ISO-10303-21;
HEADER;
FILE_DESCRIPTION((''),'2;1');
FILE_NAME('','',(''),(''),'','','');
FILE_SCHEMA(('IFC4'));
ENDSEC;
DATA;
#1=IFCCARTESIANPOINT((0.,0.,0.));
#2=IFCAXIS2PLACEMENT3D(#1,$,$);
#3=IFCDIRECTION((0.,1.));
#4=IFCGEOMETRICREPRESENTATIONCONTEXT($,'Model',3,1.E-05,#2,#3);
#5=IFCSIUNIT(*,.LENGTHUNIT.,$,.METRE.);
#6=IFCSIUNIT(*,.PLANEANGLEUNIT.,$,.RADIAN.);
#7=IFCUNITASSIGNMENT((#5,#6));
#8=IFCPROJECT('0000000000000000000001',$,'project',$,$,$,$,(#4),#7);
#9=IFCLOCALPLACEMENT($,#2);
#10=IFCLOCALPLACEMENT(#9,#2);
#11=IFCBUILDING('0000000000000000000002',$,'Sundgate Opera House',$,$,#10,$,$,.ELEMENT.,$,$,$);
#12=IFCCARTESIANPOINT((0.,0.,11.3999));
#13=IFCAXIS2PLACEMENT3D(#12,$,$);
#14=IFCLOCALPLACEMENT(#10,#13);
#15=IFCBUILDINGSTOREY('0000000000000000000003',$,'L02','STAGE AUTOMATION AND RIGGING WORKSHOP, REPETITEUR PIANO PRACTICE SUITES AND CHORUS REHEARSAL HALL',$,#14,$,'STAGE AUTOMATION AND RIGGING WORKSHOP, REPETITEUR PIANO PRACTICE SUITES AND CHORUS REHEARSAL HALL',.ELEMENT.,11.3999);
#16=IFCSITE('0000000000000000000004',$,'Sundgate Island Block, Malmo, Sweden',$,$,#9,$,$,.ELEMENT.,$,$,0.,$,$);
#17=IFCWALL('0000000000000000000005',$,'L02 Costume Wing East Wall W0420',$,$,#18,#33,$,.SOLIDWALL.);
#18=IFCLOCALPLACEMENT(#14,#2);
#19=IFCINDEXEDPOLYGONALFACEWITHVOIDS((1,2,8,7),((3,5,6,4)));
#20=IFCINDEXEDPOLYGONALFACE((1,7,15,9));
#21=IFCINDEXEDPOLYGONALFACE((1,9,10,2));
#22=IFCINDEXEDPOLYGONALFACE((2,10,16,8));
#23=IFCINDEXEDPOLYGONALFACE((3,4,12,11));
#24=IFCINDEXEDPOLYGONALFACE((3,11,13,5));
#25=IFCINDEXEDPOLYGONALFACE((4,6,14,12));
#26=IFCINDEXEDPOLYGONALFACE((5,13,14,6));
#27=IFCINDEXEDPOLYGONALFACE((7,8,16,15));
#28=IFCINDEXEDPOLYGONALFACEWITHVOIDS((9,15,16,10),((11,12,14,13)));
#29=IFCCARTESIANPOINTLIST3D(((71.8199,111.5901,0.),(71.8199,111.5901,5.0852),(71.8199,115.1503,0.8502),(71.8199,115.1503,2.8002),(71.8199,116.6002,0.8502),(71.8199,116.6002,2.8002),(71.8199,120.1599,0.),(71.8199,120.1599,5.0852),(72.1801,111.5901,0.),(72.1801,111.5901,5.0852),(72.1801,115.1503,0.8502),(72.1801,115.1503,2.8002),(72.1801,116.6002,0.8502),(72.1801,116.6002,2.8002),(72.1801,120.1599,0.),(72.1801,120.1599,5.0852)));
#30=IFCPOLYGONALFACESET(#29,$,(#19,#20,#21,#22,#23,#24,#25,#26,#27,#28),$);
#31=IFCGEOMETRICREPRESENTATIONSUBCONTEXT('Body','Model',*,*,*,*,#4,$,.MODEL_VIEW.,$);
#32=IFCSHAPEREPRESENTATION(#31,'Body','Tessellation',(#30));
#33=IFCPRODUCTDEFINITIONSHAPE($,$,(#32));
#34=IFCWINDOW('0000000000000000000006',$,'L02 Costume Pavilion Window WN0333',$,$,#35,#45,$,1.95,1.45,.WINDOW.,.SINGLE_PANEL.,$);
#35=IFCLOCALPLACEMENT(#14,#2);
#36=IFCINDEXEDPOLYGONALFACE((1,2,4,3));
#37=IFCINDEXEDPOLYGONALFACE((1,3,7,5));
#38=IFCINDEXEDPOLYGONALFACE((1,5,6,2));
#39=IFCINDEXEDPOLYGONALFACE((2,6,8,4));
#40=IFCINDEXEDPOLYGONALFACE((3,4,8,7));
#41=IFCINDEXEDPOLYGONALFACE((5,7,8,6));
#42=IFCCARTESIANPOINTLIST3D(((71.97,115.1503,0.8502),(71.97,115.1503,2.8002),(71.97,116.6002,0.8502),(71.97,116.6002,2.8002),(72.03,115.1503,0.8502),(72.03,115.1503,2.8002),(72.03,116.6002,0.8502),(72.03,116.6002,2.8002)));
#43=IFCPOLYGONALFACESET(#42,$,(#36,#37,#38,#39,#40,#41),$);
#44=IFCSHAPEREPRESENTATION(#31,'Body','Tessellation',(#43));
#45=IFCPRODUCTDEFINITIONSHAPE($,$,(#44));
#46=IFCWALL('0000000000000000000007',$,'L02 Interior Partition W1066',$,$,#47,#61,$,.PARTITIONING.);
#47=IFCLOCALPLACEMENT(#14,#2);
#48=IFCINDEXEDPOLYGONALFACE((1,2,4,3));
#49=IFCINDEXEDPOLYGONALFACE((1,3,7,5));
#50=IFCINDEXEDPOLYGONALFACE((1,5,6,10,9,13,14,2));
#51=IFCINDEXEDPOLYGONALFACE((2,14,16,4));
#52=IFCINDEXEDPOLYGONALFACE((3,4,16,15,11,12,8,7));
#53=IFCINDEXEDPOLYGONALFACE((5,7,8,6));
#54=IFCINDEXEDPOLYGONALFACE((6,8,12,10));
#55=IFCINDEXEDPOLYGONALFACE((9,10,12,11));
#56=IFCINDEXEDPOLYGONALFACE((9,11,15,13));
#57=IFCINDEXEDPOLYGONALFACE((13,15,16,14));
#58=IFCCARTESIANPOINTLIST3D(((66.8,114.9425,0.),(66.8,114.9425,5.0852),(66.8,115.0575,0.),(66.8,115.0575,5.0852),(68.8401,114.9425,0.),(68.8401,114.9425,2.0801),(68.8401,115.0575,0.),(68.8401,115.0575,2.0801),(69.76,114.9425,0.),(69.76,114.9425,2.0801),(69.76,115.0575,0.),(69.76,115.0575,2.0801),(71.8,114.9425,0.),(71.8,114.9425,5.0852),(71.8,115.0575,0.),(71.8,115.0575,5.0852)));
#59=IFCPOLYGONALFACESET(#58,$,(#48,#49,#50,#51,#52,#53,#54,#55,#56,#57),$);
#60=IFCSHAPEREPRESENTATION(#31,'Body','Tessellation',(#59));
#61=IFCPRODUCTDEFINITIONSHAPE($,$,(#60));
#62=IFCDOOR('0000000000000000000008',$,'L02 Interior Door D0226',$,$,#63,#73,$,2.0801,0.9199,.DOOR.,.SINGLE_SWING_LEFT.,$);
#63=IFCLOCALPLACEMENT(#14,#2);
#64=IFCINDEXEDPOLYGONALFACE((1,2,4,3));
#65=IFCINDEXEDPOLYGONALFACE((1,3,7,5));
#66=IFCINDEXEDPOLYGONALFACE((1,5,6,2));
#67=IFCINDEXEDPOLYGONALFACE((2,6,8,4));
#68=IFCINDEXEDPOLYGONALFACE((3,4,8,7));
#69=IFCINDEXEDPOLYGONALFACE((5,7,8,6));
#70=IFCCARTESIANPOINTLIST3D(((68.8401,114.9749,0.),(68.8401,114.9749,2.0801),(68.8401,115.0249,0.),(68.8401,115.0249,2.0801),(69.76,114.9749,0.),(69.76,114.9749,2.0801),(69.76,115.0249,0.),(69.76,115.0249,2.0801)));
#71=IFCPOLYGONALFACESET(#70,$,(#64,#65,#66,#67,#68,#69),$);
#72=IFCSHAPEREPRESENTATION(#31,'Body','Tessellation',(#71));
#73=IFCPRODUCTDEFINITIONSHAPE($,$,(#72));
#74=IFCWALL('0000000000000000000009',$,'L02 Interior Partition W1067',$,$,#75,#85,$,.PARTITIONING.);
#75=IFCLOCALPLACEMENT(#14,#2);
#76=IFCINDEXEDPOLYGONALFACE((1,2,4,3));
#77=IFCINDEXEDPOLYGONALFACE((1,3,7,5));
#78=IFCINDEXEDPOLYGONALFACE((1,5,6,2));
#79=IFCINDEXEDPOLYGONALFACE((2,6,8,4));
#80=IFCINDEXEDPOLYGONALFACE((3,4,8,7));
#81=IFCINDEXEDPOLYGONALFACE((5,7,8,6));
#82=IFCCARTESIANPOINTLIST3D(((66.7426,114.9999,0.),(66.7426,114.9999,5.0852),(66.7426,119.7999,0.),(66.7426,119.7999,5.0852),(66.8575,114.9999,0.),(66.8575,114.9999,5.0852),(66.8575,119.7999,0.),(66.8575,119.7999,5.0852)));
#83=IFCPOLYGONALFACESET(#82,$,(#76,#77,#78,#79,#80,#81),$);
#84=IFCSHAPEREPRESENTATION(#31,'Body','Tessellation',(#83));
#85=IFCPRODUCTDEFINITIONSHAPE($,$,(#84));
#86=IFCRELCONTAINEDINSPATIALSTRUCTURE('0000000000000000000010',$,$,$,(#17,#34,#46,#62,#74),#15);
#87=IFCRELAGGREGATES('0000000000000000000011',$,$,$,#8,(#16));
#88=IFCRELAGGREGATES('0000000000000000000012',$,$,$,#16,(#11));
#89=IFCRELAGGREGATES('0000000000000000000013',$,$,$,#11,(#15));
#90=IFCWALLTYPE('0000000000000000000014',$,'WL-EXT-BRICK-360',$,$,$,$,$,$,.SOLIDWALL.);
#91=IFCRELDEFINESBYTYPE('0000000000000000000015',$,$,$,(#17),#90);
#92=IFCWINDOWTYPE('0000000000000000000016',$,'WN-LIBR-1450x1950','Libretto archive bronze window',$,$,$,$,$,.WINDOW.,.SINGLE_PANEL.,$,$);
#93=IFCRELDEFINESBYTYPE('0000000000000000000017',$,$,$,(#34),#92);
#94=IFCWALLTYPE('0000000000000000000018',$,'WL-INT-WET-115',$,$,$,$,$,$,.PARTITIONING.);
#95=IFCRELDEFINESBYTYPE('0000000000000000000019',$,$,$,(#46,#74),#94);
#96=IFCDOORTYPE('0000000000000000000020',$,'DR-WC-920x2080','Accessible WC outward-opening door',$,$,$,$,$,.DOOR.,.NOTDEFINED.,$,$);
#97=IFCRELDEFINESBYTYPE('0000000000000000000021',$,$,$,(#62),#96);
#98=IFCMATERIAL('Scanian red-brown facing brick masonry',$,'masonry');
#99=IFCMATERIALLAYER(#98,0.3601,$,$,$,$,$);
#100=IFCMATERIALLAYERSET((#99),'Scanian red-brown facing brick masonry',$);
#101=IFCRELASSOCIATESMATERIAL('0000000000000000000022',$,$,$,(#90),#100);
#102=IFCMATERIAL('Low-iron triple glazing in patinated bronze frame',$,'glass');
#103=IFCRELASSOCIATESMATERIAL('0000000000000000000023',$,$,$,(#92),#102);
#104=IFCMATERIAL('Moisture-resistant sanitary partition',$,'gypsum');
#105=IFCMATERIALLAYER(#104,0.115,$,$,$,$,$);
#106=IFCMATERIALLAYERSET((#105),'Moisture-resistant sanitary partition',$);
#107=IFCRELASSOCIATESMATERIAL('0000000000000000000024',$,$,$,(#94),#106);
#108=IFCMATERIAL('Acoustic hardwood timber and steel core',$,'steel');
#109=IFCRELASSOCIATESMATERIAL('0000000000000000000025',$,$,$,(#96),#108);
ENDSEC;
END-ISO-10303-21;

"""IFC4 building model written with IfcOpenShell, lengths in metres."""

from ifc_helpers import new_model, si_unit, direction, frame, frame_2d, origin, place, context, subcontext, project, spatial, rectangle, extrude, material, layer, layer_set, type_object, element, fill, save


model = new_model("IFC4")

# Units and contexts
model_context = context("Model", 3, precision=1e-05, world=origin(), true_north=direction((0.0, 1.0)))
body_context = subcontext(model_context, "Body", "Model", "MODEL_VIEW")
ifc_project = project(units=[si_unit("LENGTHUNIT", "METRE"), si_unit("PLANEANGLEUNIT", "RADIAN")], contexts=[model_context])

# Site, building, storey
site_placement = place(None, origin())
site = spatial("IfcSite", under=ifc_project, at=site_placement, Name="Sundgate Island Block, Malmo, Sweden", CompositionType="ELEMENT", RefElevation=0.0)
building_placement = place(site_placement, origin())
building = spatial("IfcBuilding", under=site, at=building_placement, Name="Sundgate Opera House", CompositionType="ELEMENT")
storey_placement = place(building_placement, frame((0.0, 0.0, 11.3999)))
storey = spatial("IfcBuildingStorey", under=building, at=storey_placement, Name="L02", Description="STAGE AUTOMATION AND RIGGING WORKSHOP, REPETITEUR PIANO PRACTICE SUITES AND CHORUS REHEARSAL HALL", LongName="STAGE AUTOMATION AND RIGGING WORKSHOP, REPETITEUR PIANO PRACTICE SUITES AND CHORUS REHEARSAL HALL", CompositionType="ELEMENT", Elevation=11.3999)

# Wall, opening, window
ifc_material_1 = material(Name="Scanian red-brown facing brick masonry", Category="masonry")
ifc_layer_1 = layer(ifc_material_1, 0.3601)
ifc_layer_set_1 = layer_set([ifc_layer_1], Name="Scanian red-brown facing brick masonry")
wall_type_1 = type_object("IfcWallType", Name="WL-EXT-BRICK-360", PredefinedType="SOLIDWALL", material=ifc_layer_set_1)
wall_1_placement = place(storey_placement, frame((72.0, 111.5901, 0.0), z_axis=(0.0, 0.0, 1.0), x_axis=(0.0, 1.0, 0.0)))
wall_1 = element("IfcWall", 1, at=wall_1_placement, inside=storey, type_object=wall_type_1, Name="L02 Costume Wing East Wall W0420", PredefinedType="SOLIDWALL", context=body_context, shape_type="SweptSolid", body=[
    extrude(rectangle(XDim=8.5698, YDim=0.3601, at=frame_2d((4.2849, 0.0))), origin(), (0.0, 0.0, 1.0), 5.0852),
])
opening_1_placement = place(wall_1_placement, frame((3.5601, 0.0, 0.8501)))
opening_1 = element("IfcOpeningElement", 2, at=opening_1_placement, cuts=wall_1, PredefinedType="OPENING", context=body_context, shape_type="SweptSolid", body=[
    extrude(rectangle(XDim=1.45, YDim=1.95, at=frame_2d((0.7251, 0.9751))), frame((0.0, 0.1899, 0.0), z_axis=(0.0, -1.0, 0.0), x_axis=(1.0, 0.0, 0.0)), (0.0, 0.0, 1.0), 0.3801),
])
ifc_material_2 = material(Name="Low-iron triple glazing in patinated bronze frame", Category="glass")
window_type_1 = type_object("IfcWindowType", Name="WN-LIBR-1450x1950", Description="Libretto archive bronze window", PartitioningType="SINGLE_PANEL", PredefinedType="WINDOW", material=ifc_material_2)
window_1_placement = place(opening_1_placement, origin())
window_1 = element("IfcWindow", 3, at=window_1_placement, inside=storey, type_object=window_type_1, Name="L02 Costume Pavilion Window WN0333", OverallHeight=1.95, OverallWidth=1.45, PartitioningType="SINGLE_PANEL", PredefinedType="WINDOW", context=body_context, shape_type="SweptSolid", body=[
    extrude(rectangle(XDim=1.45, YDim=1.95, at=frame_2d((0.7251, 0.9751))), frame((0.0, 0.03, 0.0), z_axis=(0.0, -1.0, 0.0), x_axis=(1.0, 0.0, 0.0)), (0.0, 0.0, 1.0), 0.0601),
])
fill(opening_1, window_1)

# Wall, opening, door
ifc_material_3 = material(Name="Moisture-resistant sanitary partition", Category="gypsum")
ifc_layer_2 = layer(ifc_material_3, 0.115)
ifc_layer_set_2 = layer_set([ifc_layer_2], Name="Moisture-resistant sanitary partition")
wall_type_2 = type_object("IfcWallType", Name="WL-INT-WET-115", PredefinedType="PARTITIONING", material=ifc_layer_set_2)
wall_2_placement = place(storey_placement, frame((66.8, 115.0, 0.0), z_axis=(0.0, 0.0, 1.0), x_axis=(1.0, 0.0, 0.0)))
wall_2 = element("IfcWall", 4, at=wall_2_placement, inside=storey, type_object=wall_type_2, Name="L02 Interior Partition W1066", PredefinedType="PARTITIONING", context=body_context, shape_type="SweptSolid", body=[
    extrude(rectangle(XDim=5.0, YDim=0.115, at=frame_2d((2.5, 0.0))), origin(), (0.0, 0.0, 1.0), 5.0852),
])
opening_2_placement = place(wall_2_placement, frame((2.04, 0.0, 0.0)))
opening_2 = element("IfcOpeningElement", 5, at=opening_2_placement, cuts=wall_2, PredefinedType="OPENING", context=body_context, shape_type="SweptSolid", body=[
    extrude(rectangle(XDim=0.9199, YDim=2.0801, at=frame_2d((0.46, 1.04))), frame((0.0, 0.0674, 0.0), z_axis=(0.0, -1.0, 0.0), x_axis=(1.0, 0.0, 0.0)), (0.0, 0.0, 1.0), 0.135),
])
ifc_material_4 = material(Name="Acoustic hardwood timber and steel core", Category="steel")
door_type = type_object("IfcDoorType", Name="DR-WC-920x2080", Description="Accessible WC outward-opening door", OperationType="NOTDEFINED", PredefinedType="DOOR", material=ifc_material_4)
door_placement = place(opening_2_placement, origin())
door = element("IfcDoor", 6, at=door_placement, inside=storey, type_object=door_type, Name="L02 Interior Door D0226", OperationType="SINGLE_SWING_LEFT", OverallHeight=2.0801, OverallWidth=0.9199, PredefinedType="DOOR", context=body_context, shape_type="SweptSolid", body=[
    extrude(rectangle(XDim=0.9199, YDim=2.0801, at=frame_2d((0.46, 1.04))), frame((0.0, 0.0249, 0.0), z_axis=(0.0, -1.0, 0.0), x_axis=(1.0, 0.0, 0.0)), (0.0, 0.0, 1.0), 0.05),
])
fill(opening_2, door)

# Wall
wall_3_placement = place(storey_placement, frame((66.8, 115.0, 0.0), z_axis=(0.0, 0.0, 1.0), x_axis=(0.0, 1.0, 0.0)))
element("IfcWall", 7, at=wall_3_placement, inside=storey, type_object=wall_type_2, Name="L02 Interior Partition W1067", PredefinedType="PARTITIONING", context=body_context, shape_type="SweptSolid", body=[
    extrude(rectangle(XDim=4.8, YDim=0.115, at=frame_2d((2.3999, 0.0))), origin(), (0.0, 0.0, 1.0), 5.0852),
])

save(model, "model.ifc")
